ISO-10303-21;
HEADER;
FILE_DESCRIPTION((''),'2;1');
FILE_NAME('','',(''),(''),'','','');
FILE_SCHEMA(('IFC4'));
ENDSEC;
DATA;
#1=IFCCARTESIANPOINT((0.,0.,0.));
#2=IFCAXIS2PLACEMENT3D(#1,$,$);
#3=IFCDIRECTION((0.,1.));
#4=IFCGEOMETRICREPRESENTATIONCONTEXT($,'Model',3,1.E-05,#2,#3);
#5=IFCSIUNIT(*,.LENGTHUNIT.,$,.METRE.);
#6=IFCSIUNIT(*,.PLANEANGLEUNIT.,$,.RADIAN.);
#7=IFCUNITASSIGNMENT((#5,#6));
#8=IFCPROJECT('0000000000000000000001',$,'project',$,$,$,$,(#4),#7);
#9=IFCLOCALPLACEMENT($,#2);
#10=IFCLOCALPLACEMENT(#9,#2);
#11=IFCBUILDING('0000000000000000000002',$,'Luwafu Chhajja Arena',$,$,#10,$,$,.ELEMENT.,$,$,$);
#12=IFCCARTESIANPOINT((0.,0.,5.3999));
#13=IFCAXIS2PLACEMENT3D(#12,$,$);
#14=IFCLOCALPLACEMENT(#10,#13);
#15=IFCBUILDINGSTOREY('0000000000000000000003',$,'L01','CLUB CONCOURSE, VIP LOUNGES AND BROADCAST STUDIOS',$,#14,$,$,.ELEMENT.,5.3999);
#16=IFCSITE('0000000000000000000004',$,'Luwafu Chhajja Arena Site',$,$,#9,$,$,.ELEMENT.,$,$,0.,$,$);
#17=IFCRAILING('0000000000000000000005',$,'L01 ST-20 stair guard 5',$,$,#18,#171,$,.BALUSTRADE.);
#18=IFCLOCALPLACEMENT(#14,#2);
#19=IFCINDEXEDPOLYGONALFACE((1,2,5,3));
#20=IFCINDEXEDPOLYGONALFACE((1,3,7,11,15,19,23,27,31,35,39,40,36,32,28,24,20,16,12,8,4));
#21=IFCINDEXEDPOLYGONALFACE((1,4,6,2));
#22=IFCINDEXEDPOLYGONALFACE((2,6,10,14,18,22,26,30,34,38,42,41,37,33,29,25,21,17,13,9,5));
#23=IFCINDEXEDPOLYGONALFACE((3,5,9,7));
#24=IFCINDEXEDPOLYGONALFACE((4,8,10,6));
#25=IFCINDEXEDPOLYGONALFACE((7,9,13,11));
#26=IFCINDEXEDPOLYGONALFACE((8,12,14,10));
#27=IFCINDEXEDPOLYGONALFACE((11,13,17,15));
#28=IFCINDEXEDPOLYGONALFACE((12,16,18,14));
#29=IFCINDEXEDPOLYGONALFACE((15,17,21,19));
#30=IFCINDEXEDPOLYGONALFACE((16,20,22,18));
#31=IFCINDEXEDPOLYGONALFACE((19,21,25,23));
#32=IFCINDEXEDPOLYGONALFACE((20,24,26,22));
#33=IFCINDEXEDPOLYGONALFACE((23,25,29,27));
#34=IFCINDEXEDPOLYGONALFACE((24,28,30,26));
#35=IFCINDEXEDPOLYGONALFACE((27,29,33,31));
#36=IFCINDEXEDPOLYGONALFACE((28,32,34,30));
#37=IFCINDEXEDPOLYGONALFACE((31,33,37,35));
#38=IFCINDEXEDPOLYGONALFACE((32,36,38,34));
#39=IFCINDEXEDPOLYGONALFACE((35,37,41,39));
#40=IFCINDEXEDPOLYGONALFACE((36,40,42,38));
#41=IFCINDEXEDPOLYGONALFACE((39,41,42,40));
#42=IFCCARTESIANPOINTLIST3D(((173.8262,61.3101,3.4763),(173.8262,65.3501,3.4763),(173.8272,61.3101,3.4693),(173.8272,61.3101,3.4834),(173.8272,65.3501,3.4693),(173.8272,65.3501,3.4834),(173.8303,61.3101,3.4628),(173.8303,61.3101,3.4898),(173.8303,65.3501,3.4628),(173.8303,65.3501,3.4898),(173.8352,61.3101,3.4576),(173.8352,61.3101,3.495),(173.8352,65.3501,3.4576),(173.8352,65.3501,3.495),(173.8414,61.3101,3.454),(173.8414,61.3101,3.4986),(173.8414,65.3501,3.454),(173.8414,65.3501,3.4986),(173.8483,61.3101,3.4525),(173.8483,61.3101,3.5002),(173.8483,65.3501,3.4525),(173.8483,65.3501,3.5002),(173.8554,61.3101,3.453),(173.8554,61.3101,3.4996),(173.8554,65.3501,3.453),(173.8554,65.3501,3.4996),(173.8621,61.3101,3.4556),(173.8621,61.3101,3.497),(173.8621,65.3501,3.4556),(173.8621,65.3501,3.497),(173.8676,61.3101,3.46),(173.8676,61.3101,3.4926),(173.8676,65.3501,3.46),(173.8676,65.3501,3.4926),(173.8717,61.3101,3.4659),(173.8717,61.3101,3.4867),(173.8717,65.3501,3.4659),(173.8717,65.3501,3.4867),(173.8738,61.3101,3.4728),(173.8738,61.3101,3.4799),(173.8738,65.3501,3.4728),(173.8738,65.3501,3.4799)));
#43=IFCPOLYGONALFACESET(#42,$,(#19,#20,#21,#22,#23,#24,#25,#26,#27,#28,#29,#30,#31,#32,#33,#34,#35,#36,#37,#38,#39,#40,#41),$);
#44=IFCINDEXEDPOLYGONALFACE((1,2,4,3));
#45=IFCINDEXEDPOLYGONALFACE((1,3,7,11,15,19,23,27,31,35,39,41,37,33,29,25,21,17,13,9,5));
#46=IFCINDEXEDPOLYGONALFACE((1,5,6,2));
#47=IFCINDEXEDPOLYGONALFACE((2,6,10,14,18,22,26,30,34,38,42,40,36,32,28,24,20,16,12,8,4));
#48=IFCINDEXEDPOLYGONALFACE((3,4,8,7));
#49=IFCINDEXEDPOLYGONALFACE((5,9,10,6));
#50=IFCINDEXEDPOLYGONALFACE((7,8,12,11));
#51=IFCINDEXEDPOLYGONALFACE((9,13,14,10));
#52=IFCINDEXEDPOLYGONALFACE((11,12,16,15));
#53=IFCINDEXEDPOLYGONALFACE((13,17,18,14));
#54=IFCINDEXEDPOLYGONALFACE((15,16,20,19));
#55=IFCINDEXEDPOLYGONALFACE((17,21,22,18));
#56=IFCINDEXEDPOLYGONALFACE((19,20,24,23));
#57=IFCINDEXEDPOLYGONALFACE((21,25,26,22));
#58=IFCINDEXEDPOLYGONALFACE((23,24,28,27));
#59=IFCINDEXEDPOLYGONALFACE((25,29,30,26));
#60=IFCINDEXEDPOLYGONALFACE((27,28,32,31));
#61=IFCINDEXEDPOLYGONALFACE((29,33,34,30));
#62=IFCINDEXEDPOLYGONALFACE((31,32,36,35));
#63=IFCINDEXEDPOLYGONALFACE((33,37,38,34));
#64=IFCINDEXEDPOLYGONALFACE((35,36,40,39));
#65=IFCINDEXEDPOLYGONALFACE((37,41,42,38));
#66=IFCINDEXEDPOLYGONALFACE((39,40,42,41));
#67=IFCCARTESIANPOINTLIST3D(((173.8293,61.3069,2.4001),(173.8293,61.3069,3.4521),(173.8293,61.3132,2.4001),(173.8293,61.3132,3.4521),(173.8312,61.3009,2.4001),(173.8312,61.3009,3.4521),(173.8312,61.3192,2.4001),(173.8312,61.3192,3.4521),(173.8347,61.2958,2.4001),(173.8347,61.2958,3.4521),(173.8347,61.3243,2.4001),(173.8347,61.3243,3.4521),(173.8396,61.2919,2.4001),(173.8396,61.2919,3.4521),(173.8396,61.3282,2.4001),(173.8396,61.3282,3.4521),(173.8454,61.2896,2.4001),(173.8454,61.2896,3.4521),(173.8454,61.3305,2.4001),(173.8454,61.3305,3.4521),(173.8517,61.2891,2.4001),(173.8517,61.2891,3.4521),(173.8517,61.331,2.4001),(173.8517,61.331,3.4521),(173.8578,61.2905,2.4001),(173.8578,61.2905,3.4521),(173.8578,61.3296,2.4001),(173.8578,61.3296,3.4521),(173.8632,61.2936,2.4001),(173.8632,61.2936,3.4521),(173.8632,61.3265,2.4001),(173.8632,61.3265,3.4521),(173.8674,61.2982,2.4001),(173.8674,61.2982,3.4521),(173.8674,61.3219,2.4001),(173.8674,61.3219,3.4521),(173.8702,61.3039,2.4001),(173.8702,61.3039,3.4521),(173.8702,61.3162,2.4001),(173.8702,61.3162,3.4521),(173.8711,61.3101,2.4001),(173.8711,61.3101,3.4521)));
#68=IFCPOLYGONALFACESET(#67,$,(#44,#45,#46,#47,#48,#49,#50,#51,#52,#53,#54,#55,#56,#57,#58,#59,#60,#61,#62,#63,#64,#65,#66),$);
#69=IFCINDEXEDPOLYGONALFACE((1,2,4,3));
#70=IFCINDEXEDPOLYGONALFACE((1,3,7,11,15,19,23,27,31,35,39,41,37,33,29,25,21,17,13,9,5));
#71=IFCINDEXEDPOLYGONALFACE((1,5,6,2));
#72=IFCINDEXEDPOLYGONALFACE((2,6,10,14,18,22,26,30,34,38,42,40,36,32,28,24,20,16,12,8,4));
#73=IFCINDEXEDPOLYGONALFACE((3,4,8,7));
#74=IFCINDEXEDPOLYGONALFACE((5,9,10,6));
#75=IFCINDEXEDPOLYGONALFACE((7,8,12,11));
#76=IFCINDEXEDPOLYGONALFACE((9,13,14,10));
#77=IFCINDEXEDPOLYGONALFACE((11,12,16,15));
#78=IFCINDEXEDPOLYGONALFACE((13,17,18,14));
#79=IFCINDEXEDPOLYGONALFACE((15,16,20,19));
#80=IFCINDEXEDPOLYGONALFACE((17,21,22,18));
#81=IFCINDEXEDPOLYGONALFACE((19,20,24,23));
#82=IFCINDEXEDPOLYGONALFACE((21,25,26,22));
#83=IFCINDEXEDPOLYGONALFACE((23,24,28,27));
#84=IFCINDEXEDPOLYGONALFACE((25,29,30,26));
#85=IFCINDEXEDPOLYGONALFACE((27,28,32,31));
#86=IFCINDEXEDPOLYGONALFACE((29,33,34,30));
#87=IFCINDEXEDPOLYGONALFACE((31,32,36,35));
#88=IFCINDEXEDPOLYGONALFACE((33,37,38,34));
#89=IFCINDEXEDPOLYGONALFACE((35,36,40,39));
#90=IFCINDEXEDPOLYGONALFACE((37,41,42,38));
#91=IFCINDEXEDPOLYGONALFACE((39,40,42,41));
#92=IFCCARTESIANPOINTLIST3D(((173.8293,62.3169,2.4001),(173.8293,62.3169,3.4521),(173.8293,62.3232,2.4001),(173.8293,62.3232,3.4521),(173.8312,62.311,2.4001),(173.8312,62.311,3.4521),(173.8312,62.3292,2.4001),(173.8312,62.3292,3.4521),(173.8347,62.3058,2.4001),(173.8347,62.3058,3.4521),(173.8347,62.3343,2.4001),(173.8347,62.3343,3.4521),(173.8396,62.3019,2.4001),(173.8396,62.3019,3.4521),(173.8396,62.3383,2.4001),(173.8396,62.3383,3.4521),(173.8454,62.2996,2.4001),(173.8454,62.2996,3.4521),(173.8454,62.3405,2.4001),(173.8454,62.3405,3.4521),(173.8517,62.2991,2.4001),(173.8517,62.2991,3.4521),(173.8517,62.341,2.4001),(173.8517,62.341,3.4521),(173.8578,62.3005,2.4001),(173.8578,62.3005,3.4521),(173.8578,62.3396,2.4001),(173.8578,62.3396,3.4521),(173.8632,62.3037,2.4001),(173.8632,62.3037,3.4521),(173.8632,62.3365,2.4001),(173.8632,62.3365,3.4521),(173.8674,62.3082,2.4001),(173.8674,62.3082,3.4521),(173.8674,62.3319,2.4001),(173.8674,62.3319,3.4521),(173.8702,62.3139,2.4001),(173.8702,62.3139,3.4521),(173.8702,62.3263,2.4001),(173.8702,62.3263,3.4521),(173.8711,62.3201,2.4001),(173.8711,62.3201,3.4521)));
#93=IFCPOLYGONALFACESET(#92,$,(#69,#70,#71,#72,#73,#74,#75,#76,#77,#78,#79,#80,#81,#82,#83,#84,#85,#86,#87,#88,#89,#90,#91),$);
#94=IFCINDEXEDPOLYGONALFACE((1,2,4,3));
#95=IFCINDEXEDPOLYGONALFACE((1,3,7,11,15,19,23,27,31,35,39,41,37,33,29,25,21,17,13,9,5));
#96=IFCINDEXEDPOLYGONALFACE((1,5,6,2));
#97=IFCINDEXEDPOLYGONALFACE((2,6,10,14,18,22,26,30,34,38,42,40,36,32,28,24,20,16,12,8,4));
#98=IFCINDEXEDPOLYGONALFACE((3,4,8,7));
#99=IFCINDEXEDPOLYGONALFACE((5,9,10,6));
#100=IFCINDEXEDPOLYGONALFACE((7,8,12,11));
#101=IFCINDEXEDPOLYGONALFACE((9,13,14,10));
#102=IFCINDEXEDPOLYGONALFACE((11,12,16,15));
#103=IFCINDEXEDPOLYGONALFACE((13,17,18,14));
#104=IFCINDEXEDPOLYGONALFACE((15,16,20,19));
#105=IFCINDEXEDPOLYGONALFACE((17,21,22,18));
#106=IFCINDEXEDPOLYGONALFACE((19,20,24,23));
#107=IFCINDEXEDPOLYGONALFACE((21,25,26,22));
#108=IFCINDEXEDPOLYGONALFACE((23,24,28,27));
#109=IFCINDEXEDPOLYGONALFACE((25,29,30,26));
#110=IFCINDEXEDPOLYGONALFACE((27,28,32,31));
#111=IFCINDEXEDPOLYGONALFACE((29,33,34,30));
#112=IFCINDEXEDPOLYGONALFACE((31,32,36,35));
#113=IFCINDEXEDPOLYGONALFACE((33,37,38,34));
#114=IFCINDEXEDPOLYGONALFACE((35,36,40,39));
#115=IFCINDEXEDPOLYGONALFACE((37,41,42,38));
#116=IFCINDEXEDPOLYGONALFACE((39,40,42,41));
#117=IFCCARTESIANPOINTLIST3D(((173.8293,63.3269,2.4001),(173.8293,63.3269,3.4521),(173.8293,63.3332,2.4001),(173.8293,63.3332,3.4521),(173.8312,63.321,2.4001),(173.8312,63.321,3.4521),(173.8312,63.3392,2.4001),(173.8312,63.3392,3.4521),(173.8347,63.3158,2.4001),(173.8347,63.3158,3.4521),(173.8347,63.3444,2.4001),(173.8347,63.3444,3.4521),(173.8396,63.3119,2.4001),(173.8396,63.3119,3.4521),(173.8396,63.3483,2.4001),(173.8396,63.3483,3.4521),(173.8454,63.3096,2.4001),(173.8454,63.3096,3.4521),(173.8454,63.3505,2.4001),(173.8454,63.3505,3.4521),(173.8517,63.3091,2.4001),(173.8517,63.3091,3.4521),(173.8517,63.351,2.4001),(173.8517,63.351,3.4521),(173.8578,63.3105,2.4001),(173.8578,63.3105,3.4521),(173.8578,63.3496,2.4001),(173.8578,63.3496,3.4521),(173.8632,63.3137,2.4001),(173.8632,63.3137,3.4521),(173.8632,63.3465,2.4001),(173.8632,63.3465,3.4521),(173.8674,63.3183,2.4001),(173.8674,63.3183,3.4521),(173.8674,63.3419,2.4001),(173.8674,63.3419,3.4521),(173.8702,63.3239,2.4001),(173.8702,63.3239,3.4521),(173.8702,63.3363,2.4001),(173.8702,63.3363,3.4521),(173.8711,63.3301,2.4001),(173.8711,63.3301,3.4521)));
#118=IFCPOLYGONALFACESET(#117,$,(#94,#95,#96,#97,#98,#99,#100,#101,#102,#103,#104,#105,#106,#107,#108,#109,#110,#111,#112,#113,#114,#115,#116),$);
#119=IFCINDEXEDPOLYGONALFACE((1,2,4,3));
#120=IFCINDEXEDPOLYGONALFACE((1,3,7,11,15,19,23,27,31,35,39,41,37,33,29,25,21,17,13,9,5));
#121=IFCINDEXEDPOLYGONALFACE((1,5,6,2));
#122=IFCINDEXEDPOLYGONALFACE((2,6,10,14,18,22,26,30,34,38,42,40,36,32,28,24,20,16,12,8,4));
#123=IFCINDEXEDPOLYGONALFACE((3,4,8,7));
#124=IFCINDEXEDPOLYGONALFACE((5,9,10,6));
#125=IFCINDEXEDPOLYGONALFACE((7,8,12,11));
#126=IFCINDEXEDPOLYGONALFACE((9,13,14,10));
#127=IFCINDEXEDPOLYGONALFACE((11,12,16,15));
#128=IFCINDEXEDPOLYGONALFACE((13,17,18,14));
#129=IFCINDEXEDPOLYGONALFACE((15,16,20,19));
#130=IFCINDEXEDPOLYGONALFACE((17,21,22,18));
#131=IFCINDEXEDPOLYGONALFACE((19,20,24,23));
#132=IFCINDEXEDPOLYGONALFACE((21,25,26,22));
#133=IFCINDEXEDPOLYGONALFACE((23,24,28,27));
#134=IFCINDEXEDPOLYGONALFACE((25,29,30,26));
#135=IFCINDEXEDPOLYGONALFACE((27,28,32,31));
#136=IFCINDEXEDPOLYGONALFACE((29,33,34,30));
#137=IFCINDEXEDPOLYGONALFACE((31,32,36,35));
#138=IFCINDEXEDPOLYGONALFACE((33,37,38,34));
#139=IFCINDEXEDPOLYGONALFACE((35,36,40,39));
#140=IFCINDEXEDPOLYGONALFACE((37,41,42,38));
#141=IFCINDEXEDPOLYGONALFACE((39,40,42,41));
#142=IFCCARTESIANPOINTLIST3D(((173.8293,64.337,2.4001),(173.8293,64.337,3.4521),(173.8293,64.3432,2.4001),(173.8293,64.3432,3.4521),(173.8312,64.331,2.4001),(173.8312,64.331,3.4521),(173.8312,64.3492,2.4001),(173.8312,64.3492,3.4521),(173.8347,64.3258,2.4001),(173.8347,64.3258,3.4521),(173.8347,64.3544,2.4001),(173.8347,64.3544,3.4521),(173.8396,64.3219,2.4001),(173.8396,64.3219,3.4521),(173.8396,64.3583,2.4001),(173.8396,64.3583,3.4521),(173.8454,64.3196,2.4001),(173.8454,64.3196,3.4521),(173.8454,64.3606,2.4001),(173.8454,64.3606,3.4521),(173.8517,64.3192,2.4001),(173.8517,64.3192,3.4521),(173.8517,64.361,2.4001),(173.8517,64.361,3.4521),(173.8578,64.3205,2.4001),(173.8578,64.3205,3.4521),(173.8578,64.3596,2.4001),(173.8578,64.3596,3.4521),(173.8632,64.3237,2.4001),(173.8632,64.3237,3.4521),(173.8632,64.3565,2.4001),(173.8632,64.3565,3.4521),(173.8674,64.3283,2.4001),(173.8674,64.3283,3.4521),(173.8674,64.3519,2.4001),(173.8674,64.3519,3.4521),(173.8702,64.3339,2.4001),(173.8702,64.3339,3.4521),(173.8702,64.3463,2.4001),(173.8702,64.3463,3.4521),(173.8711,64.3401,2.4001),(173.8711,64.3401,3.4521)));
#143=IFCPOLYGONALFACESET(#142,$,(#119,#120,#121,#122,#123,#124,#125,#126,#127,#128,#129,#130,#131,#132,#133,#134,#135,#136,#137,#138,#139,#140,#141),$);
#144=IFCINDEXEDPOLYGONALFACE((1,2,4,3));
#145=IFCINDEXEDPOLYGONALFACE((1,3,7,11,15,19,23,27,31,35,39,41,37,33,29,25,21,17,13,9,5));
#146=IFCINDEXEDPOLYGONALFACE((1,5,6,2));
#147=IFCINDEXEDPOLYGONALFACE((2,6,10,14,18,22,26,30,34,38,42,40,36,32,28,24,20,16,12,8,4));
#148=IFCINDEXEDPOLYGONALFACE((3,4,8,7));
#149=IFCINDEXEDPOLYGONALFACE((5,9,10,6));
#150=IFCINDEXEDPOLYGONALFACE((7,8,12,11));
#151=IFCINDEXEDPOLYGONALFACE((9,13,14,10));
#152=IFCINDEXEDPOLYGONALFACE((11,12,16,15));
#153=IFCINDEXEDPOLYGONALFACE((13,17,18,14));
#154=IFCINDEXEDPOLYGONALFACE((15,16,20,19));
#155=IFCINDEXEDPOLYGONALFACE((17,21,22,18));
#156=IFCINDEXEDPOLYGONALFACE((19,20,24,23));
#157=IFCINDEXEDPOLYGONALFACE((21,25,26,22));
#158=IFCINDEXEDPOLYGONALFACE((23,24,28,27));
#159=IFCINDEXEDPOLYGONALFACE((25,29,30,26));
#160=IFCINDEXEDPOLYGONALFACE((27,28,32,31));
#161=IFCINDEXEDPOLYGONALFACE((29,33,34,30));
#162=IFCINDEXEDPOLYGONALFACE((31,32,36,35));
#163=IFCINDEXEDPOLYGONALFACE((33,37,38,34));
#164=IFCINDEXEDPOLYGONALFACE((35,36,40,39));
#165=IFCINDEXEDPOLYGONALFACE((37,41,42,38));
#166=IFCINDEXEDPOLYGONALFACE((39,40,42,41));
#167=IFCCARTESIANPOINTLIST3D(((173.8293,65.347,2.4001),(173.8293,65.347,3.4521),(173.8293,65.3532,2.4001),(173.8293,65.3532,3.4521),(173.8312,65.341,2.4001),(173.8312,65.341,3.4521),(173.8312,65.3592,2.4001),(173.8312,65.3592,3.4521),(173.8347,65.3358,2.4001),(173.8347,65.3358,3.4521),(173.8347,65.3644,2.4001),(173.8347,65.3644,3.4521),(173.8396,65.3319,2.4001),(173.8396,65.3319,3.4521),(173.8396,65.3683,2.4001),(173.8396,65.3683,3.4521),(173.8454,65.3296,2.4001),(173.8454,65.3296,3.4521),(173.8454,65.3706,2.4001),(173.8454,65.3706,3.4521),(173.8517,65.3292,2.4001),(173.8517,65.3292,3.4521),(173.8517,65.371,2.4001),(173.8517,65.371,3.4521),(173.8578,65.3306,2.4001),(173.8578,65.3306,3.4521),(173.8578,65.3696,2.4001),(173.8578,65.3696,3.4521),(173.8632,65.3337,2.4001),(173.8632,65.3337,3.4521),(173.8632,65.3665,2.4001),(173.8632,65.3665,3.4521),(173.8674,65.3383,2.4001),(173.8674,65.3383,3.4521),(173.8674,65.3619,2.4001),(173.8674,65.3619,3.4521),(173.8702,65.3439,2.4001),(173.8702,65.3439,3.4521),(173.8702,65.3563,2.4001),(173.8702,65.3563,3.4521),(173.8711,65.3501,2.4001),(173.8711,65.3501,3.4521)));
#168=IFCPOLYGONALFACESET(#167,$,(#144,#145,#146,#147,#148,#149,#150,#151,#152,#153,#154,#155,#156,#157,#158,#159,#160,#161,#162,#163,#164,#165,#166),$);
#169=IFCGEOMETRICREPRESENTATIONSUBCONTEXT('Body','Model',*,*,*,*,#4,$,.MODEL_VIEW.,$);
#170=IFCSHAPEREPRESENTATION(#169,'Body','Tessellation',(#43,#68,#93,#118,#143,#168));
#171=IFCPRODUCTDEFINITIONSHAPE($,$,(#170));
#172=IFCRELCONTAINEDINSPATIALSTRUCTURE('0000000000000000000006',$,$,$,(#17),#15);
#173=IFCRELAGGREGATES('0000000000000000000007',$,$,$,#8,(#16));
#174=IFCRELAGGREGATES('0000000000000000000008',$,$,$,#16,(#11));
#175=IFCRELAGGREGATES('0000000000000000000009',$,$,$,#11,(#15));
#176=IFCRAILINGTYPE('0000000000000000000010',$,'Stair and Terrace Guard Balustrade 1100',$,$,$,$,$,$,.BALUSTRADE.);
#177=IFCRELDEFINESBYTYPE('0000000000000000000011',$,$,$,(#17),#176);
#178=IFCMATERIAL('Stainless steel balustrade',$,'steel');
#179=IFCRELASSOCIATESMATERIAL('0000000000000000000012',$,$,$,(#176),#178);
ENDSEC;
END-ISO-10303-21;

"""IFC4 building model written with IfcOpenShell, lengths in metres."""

from ifc_helpers import new_model, si_unit, direction, frame, origin, origin_2d, place, context, subcontext, project, spatial, circle, extrude, material, type_object, element, save


model = new_model("IFC4")

# Units and contexts
model_context = context("Model", 3, precision=1e-05, world=origin(), true_north=direction((0.0, 1.0)))
body_context = subcontext(model_context, "Body", "Model", "MODEL_VIEW")
ifc_project = project(units=[si_unit("LENGTHUNIT", "METRE"), si_unit("PLANEANGLEUNIT", "RADIAN")], contexts=[model_context])

# Site, building, storey
site_placement = place(None, origin())
site = spatial("IfcSite", under=ifc_project, at=site_placement, Name="Luwafu Chhajja Arena Site", CompositionType="ELEMENT", RefElevation=0.0)
building_placement = place(site_placement, origin())
building = spatial("IfcBuilding", under=site, at=building_placement, Name="Luwafu Chhajja Arena", CompositionType="ELEMENT")
storey_placement = place(building_placement, frame((0.0, 0.0, 5.3999)))
storey = spatial("IfcBuildingStorey", under=building, at=storey_placement, Name="L01", Description="CLUB CONCOURSE, VIP LOUNGES AND BROADCAST STUDIOS", CompositionType="ELEMENT", Elevation=5.3999)

# Railing
ifc_material_1 = material(Name="Stainless steel balustrade", Category="steel")
railing_type_1 = type_object("IfcRailingType", Name="Stair and Terrace Guard Balustrade 1100", PredefinedType="BALUSTRADE", material=ifc_material_1)
railing_1_placement = place(storey_placement, frame((173.8501, 61.3101, 2.4001)))
element("IfcRailing", 1, at=railing_1_placement, inside=storey, type_object=railing_type_1, Name="L01 ST-20 stair guard 5", PredefinedType="BALUSTRADE", context=body_context, shape_type="SweptSolid", body=[
    extrude(circle(Radius=0.0239, at=origin_2d()), frame((0.0, 0.0, 1.0762), z_axis=(0.0, 1.0, 0.0), x_axis=(-1.0, 0.0, 0.0)), (0.0, 0.0, 1.0), 4.04),
    extrude(circle(Radius=0.021, at=origin_2d()), origin(), (0.0, 0.0, 1.0), 1.052),
    extrude(circle(Radius=0.021, at=origin_2d()), frame((0.0, 1.01, 0.0)), (0.0, 0.0, 1.0), 1.052),
    extrude(circle(Radius=0.021, at=origin_2d()), frame((0.0, 2.02, 0.0)), (0.0, 0.0, 1.0), 1.052),
    extrude(circle(Radius=0.021, at=origin_2d()), frame((0.0, 3.03, 0.0)), (0.0, 0.0, 1.0), 1.052),
    extrude(circle(Radius=0.021, at=origin_2d()), frame((0.0, 4.04, 0.0)), (0.0, 0.0, 1.0), 1.052),
])

save(model, "model.ifc")
